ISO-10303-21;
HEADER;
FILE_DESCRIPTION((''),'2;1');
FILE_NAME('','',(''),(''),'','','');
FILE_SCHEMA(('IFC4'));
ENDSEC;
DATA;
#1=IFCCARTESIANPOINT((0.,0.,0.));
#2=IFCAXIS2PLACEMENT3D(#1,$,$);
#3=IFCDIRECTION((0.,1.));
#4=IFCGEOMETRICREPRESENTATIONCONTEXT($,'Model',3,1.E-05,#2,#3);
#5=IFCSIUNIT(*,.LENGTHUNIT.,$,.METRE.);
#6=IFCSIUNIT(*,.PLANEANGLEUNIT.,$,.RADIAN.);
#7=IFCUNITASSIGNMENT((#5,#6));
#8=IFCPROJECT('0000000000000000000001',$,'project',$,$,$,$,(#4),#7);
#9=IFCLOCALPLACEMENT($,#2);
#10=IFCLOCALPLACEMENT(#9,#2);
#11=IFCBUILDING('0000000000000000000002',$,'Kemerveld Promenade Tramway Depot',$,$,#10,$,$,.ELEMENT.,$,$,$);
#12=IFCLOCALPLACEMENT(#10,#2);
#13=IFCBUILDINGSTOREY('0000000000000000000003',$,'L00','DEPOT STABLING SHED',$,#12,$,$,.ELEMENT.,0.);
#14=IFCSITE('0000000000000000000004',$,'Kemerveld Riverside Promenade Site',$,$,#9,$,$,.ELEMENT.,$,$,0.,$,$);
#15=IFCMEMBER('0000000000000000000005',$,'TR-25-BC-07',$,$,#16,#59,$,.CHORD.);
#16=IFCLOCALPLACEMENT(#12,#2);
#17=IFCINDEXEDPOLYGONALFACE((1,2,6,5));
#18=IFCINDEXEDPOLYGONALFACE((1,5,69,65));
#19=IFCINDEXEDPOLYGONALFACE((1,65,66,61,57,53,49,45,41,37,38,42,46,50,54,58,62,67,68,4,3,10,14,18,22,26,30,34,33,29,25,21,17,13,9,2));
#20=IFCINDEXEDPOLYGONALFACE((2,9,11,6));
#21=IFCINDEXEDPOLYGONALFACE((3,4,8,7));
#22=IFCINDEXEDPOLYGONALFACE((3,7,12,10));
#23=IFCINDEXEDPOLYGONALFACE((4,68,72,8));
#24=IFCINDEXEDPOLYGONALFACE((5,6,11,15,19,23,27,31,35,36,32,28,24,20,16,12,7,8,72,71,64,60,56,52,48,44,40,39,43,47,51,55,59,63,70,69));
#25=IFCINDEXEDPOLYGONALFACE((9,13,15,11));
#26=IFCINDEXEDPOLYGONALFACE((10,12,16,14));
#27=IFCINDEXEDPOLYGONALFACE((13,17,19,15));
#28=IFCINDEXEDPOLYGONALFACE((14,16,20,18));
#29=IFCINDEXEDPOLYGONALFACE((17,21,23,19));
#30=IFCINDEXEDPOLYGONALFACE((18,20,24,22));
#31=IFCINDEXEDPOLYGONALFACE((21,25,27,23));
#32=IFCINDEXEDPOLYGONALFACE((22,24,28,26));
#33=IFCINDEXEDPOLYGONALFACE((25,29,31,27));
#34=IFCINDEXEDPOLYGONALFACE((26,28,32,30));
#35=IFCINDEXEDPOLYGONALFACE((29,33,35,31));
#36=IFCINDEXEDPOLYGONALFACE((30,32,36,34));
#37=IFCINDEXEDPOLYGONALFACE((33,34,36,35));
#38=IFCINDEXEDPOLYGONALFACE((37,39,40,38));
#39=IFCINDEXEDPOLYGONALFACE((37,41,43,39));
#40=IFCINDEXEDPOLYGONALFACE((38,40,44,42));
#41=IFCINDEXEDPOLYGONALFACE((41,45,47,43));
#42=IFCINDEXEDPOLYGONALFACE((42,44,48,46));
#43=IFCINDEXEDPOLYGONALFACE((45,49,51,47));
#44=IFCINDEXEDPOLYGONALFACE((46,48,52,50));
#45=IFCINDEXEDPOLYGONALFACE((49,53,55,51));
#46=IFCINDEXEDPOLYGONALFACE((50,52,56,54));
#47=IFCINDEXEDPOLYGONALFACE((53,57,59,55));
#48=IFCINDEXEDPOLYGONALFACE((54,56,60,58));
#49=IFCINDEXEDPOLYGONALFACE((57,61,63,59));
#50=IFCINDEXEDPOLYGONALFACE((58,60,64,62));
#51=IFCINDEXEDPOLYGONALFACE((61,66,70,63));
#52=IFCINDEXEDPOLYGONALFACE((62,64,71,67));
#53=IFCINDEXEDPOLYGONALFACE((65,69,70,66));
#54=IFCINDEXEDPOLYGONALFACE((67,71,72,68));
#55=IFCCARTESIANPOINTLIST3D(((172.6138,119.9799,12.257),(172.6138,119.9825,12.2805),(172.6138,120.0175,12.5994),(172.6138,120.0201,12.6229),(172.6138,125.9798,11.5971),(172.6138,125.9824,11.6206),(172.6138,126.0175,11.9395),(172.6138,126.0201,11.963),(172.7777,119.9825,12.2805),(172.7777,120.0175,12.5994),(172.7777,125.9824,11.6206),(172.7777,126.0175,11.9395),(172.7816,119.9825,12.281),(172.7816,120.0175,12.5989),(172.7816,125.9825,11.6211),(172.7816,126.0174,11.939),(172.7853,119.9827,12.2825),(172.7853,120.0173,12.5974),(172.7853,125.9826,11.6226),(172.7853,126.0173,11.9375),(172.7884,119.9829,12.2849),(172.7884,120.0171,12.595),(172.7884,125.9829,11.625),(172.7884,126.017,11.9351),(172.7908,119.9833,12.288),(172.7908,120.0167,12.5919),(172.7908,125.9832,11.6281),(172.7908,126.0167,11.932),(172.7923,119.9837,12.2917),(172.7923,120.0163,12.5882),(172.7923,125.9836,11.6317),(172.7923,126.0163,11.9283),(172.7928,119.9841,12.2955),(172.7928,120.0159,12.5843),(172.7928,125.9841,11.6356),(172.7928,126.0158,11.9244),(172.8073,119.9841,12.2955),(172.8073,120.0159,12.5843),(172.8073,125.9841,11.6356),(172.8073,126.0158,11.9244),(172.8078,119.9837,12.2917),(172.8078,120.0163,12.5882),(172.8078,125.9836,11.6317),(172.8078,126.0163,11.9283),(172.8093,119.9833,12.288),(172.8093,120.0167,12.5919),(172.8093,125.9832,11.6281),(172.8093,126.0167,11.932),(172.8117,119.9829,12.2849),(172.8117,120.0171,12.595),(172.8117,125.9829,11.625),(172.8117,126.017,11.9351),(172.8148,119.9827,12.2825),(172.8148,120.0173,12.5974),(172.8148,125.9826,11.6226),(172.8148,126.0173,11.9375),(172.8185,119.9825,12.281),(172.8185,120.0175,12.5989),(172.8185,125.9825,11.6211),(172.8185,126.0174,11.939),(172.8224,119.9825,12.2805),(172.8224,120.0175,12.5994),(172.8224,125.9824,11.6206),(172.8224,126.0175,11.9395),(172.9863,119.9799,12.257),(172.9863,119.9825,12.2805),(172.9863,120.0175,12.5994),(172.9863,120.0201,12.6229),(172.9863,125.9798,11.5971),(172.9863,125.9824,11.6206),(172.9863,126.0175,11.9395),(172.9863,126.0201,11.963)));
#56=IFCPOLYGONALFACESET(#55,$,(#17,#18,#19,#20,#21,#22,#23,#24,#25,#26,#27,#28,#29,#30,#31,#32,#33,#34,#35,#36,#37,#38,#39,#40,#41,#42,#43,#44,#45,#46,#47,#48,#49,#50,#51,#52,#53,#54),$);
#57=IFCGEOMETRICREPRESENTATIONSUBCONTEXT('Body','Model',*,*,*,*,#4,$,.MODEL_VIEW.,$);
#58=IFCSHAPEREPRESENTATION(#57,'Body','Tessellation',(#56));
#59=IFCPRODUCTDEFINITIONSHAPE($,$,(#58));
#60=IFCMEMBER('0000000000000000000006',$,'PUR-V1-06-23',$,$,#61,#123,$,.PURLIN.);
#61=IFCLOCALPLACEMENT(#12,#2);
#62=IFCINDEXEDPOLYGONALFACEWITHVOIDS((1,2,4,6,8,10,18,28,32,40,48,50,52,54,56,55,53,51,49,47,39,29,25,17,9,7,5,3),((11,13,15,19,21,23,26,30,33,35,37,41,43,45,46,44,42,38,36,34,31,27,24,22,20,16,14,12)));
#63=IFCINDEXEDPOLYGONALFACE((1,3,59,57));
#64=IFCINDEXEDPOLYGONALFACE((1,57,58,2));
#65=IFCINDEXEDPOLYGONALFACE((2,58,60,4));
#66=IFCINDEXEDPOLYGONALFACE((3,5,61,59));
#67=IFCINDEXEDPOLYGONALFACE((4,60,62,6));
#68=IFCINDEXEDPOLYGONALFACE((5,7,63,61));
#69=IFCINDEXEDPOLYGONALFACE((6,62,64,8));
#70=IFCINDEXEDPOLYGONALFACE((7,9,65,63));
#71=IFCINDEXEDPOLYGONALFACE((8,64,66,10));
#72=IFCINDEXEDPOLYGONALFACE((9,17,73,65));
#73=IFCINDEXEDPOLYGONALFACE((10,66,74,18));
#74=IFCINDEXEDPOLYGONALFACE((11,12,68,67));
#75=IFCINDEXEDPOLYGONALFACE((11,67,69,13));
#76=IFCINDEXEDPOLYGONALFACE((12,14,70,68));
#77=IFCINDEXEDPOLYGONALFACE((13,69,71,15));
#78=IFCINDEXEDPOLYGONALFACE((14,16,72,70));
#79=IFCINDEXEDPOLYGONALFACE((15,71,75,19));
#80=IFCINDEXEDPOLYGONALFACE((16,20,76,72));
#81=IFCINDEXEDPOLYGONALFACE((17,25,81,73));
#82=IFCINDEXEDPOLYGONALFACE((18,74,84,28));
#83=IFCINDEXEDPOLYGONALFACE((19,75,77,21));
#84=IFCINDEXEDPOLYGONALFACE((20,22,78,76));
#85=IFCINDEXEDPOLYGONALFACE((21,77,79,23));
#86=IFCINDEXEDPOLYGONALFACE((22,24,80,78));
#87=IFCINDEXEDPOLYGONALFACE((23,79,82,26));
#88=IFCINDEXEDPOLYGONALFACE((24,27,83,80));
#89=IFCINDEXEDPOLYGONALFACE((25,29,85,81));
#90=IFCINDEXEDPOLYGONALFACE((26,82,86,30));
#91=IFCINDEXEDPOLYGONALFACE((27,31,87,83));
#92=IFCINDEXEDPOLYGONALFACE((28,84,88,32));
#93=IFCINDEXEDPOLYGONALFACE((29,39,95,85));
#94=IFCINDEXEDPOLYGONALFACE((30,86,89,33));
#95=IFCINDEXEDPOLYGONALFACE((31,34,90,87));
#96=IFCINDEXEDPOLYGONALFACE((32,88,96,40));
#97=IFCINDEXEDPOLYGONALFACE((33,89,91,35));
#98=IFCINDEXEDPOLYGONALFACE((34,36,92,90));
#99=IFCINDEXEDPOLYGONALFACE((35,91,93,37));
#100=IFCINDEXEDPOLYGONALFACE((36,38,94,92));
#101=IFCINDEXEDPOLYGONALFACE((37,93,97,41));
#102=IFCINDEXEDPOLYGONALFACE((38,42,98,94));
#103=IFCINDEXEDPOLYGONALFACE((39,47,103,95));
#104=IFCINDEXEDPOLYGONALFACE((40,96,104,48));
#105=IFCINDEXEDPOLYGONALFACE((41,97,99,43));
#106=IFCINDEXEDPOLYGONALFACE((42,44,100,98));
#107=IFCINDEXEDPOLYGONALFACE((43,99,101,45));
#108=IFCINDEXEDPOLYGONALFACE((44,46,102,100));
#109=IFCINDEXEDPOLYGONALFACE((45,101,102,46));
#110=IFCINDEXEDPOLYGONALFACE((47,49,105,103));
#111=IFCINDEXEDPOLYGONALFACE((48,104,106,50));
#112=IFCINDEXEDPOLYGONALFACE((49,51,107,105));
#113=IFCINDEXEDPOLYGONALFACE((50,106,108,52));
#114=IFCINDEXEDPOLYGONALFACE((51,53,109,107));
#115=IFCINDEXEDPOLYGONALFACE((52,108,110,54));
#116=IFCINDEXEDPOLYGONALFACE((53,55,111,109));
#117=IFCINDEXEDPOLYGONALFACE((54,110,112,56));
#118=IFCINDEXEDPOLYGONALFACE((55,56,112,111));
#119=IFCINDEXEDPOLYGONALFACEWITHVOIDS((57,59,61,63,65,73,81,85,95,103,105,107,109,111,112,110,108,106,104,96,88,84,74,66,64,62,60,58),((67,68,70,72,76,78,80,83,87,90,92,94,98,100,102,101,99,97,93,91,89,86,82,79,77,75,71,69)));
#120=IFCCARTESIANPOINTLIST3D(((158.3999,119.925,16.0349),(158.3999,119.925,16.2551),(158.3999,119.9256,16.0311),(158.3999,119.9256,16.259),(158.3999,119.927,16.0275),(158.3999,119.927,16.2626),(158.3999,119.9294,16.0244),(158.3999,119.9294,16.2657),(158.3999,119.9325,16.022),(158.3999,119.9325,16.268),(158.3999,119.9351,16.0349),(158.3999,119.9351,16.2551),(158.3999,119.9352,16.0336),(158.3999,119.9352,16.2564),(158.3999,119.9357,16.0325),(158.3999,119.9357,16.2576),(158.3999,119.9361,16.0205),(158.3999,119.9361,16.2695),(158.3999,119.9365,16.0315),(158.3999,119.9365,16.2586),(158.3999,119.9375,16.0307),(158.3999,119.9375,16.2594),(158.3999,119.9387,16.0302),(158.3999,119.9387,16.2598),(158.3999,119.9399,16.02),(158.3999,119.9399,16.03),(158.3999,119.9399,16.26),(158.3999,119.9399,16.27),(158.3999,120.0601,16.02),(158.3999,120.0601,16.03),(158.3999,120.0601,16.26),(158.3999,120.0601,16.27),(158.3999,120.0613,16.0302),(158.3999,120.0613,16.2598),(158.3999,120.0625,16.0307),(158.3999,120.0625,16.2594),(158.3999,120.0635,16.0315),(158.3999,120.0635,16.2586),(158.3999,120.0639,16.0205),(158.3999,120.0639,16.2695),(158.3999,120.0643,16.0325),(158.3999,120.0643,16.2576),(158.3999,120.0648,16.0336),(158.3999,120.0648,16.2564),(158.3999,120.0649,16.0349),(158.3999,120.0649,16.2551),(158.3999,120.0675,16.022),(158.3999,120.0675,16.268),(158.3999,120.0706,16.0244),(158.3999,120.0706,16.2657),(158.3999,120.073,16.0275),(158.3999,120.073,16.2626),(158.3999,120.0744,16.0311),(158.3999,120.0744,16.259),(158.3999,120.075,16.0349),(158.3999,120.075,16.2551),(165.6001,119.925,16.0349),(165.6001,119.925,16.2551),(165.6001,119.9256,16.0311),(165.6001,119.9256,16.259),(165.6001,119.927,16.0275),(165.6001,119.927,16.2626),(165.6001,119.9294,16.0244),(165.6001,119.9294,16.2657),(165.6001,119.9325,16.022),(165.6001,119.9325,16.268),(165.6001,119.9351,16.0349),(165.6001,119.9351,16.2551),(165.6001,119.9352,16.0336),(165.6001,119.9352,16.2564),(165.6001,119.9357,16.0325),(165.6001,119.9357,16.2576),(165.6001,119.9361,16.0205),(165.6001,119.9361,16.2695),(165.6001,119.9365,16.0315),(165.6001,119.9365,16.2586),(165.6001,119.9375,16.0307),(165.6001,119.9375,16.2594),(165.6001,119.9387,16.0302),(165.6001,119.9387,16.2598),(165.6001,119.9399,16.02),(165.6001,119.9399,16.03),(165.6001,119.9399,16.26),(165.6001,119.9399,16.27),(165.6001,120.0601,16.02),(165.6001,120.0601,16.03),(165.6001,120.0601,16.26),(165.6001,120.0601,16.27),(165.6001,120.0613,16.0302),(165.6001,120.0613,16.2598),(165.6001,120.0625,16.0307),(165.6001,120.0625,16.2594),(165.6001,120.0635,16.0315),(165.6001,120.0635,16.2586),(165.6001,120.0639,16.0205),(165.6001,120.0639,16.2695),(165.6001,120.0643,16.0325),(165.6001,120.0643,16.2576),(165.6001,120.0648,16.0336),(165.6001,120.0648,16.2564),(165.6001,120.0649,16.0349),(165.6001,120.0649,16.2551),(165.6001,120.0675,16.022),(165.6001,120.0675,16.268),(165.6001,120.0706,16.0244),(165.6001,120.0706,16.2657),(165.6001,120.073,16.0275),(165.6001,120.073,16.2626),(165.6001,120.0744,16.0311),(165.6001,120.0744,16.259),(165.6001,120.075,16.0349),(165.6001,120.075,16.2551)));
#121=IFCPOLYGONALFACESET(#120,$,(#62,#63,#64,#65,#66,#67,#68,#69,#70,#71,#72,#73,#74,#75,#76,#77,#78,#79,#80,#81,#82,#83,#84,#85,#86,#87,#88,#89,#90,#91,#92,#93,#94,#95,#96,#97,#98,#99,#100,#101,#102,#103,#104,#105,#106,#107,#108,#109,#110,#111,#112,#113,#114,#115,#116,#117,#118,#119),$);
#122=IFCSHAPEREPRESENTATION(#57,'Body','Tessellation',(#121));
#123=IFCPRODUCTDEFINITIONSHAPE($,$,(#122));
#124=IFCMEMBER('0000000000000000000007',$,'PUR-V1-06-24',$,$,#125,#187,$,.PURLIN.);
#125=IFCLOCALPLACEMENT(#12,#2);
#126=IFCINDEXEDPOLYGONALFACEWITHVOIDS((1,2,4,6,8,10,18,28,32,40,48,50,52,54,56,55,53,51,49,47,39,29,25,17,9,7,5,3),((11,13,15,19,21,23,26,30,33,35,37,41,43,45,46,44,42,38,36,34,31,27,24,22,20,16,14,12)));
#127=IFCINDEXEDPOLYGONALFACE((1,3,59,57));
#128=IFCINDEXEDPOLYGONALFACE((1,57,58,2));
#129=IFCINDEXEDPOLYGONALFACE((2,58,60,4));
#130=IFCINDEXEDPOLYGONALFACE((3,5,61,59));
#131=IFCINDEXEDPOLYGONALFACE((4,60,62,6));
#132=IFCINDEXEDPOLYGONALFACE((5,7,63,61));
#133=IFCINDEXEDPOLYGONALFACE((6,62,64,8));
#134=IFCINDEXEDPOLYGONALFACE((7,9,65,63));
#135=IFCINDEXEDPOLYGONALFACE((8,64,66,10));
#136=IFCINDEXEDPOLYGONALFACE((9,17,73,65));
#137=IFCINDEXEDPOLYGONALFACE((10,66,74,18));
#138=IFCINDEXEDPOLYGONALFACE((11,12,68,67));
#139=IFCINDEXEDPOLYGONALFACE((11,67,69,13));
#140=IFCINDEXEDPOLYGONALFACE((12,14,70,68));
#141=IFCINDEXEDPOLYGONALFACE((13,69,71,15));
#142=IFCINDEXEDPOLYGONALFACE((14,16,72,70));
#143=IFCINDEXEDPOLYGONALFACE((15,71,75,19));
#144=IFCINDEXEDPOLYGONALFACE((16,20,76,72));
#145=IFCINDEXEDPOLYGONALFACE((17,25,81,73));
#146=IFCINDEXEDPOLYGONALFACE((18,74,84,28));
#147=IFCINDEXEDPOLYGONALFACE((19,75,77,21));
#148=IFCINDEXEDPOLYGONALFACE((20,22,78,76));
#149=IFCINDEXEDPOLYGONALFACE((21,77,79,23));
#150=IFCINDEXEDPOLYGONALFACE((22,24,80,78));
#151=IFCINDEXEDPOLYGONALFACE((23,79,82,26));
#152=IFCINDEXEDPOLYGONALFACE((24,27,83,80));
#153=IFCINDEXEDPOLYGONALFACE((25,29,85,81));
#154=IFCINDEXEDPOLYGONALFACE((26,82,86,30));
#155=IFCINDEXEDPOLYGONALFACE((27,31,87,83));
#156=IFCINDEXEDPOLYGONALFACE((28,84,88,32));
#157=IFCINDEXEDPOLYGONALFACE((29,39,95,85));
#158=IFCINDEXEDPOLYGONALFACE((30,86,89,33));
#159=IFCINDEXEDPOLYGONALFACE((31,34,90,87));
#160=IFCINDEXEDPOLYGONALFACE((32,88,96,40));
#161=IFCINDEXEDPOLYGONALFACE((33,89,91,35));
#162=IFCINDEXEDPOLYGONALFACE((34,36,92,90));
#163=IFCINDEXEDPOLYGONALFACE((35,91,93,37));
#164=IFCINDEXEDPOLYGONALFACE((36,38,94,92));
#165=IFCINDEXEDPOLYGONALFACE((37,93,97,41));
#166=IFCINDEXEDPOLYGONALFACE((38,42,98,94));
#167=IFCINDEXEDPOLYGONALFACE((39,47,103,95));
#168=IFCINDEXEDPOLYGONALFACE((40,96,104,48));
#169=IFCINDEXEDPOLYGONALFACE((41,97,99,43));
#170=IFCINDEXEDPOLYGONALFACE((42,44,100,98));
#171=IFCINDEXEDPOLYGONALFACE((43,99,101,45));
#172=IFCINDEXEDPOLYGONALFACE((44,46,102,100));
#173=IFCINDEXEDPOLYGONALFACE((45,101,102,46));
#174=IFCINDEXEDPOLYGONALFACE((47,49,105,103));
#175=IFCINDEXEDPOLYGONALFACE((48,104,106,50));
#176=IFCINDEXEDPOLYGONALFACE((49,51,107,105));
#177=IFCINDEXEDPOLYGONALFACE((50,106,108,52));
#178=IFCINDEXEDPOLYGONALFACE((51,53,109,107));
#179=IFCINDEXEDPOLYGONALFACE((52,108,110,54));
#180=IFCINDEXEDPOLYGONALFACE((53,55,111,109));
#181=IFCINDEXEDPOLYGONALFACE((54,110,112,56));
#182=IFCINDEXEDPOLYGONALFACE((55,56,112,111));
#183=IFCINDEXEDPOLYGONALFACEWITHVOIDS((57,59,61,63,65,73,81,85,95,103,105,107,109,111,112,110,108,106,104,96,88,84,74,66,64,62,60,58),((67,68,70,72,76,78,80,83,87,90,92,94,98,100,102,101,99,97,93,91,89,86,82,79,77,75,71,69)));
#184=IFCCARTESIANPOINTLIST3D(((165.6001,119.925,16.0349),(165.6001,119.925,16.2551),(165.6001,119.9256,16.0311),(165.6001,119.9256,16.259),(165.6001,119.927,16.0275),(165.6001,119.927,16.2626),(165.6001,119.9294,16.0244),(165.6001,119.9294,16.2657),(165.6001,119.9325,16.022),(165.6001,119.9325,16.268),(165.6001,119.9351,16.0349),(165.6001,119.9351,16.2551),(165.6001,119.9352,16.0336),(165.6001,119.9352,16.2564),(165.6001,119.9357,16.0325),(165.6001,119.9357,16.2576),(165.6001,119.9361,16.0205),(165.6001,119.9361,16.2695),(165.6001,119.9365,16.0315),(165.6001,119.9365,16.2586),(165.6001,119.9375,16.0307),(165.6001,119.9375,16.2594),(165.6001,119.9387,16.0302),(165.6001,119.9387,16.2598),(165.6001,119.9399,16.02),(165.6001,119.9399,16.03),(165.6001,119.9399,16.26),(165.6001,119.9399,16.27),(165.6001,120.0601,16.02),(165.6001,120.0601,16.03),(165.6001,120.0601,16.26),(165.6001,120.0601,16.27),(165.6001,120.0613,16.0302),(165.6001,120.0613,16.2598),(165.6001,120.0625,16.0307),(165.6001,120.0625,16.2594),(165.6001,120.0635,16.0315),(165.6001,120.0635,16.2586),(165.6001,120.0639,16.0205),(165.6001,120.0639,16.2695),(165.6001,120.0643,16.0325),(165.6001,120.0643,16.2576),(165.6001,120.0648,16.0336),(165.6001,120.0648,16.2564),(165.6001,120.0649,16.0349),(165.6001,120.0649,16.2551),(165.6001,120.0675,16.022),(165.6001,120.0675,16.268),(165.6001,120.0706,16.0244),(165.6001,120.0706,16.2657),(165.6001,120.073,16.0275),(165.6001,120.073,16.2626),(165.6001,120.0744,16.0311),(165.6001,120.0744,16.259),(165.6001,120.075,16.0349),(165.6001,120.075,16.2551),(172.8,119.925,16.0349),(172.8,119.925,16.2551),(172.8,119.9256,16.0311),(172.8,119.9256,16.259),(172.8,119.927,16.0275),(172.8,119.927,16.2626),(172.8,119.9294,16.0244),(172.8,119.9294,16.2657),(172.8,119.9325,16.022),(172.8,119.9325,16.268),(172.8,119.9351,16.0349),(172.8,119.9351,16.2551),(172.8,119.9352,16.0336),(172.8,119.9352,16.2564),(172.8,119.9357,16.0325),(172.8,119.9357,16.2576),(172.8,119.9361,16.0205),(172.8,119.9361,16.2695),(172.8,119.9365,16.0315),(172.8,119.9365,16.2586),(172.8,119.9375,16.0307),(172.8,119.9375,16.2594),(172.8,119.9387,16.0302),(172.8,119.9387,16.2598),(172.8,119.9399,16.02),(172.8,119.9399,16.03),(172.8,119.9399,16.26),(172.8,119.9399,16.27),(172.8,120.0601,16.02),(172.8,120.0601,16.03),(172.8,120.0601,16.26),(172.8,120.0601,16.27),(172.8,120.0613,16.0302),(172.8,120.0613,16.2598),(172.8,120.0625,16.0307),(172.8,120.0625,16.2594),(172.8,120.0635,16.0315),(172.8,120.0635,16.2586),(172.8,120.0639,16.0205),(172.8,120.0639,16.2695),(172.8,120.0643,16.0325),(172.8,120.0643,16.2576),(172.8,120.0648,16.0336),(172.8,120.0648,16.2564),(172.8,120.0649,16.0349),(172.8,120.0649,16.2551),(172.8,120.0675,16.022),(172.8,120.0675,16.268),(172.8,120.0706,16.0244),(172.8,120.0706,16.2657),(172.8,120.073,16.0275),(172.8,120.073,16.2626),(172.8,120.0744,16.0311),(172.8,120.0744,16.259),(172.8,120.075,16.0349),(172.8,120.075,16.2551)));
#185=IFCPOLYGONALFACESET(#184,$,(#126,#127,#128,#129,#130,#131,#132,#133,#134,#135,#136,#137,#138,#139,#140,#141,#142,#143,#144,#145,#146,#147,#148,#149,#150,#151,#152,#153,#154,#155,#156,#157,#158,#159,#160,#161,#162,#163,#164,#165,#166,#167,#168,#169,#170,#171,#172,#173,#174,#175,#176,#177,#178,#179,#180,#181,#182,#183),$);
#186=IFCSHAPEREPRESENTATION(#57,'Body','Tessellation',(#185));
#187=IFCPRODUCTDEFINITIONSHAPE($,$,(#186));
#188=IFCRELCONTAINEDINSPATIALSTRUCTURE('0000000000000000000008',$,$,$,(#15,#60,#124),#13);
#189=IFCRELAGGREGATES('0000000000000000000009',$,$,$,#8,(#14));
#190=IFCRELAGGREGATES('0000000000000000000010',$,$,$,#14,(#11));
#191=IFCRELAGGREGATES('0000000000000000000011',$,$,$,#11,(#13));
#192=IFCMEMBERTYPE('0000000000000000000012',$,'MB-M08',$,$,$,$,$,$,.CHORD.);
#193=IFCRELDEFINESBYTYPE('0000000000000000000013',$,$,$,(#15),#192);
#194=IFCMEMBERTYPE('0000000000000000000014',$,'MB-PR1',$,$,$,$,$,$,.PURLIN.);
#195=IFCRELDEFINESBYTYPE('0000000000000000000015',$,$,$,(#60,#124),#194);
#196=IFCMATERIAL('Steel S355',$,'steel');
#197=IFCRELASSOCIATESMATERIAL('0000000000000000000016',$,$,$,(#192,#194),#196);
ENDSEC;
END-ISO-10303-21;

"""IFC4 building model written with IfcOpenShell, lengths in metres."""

from ifc_helpers import new_model, si_unit, direction, frame, origin, origin_2d, place, context, subcontext, project, spatial, hollow_rectangle, i_section, extrude, material, material_profile, profile_set, type_object, element, save


model = new_model("IFC4")

# Units and contexts
model_context = context("Model", 3, precision=1e-05, world=origin(), true_north=direction((0.0, 1.0)))
body_context = subcontext(model_context, "Body", "Model", "MODEL_VIEW")
ifc_project = project(units=[si_unit("LENGTHUNIT", "METRE"), si_unit("PLANEANGLEUNIT", "RADIAN")], contexts=[model_context])

# Site, building, storey
site_placement = place(None, origin())
site = spatial("IfcSite", under=ifc_project, at=site_placement, Name="Kemerveld Riverside Promenade Site", CompositionType="ELEMENT", RefElevation=0.0)
building_placement = place(site_placement, origin())
building = spatial("IfcBuilding", under=site, at=building_placement, Name="Kemerveld Promenade Tramway Depot", CompositionType="ELEMENT")
storey_placement = place(building_placement, origin())
storey = spatial("IfcBuildingStorey", under=building, at=storey_placement, Name="L00", Description="DEPOT STABLING SHED", CompositionType="ELEMENT", Elevation=0.0)

# Members
ifc_material = material(Name="Steel S355", Category="steel")
ifc_material_profile_1 = material_profile(ifc_material, i_section(OverallWidth=0.3726, OverallDepth=0.3682, WebThickness=0.0144, FlangeThickness=0.0237, FilletRadius=0.0151, at=origin_2d()), Name="356x368x177 UC")
ifc_profile_set_1 = profile_set([ifc_material_profile_1], Name="Steel S355")
member_type_1 = type_object("IfcMemberType", Name="MB-M08", PredefinedType="CHORD", material=ifc_profile_set_1)
for number, where, z_axis, x_axis, name in (
    (1, (172.8, 120.0, 12.4399), (0.0, 0.994006, -0.109326), (-1.0, 0.0, 0.0), "TR-25-BC-07"),
):
    element("IfcMember", number, at=place(storey_placement, frame(where, z_axis=z_axis, x_axis=x_axis)), inside=storey, type_object=member_type_1, Name=name, PredefinedType="CHORD", context=body_context, shape_type="SweptSolid", body=[
        extrude(i_section(OverallWidth=0.3726, OverallDepth=0.3682, WebThickness=0.0144, FlangeThickness=0.0237, FilletRadius=0.0151, at=origin_2d()), origin(), (0.0, 0.0, 1.0), 6.0361),
    ])
ifc_material_profile_2 = material_profile(ifc_material, hollow_rectangle(XDim=0.1499, YDim=0.25, WallThickness=0.01, InnerFilletRadius=0.0049, OuterFilletRadius=0.0149, at=origin_2d()), Name="250x150x10.0 RHS")
ifc_profile_set_2 = profile_set([ifc_material_profile_2], Name="Steel S355")
member_type_2 = type_object("IfcMemberType", Name="MB-PR1", PredefinedType="PURLIN", material=ifc_profile_set_2)
member_1_placement = place(storey_placement, frame((158.3999, 120.0, 16.145), z_axis=(1.0, 0.0, 0.0), x_axis=(0.0, 1.0, 0.0)))
element("IfcMember", 2, at=member_1_placement, inside=storey, type_object=member_type_2, Name="PUR-V1-06-23", PredefinedType="PURLIN", context=body_context, shape_type="SweptSolid", body=[
    extrude(hollow_rectangle(XDim=0.1499, YDim=0.25, WallThickness=0.01, InnerFilletRadius=0.0049, OuterFilletRadius=0.0149, at=origin_2d()), origin(), (0.0, 0.0, 1.0), 7.2002),
])
for number, where, z_axis, x_axis, name in (
    (3, (165.6001, 120.0, 16.145), (1.0, 0.0, 0.0), (0.0, 1.0, 0.0), "PUR-V1-06-24"),
):
    element("IfcMember", number, at=place(storey_placement, frame(where, z_axis=z_axis, x_axis=x_axis)), inside=storey, type_object=member_type_2, Name=name, PredefinedType="PURLIN", context=body_context, shape_type="SweptSolid", body=[
        extrude(hollow_rectangle(XDim=0.1499, YDim=0.25, WallThickness=0.01, InnerFilletRadius=0.0049, OuterFilletRadius=0.0149, at=origin_2d()), origin(), (0.0, 0.0, 1.0), 7.2),
    ])

save(model, "model.ifc")
